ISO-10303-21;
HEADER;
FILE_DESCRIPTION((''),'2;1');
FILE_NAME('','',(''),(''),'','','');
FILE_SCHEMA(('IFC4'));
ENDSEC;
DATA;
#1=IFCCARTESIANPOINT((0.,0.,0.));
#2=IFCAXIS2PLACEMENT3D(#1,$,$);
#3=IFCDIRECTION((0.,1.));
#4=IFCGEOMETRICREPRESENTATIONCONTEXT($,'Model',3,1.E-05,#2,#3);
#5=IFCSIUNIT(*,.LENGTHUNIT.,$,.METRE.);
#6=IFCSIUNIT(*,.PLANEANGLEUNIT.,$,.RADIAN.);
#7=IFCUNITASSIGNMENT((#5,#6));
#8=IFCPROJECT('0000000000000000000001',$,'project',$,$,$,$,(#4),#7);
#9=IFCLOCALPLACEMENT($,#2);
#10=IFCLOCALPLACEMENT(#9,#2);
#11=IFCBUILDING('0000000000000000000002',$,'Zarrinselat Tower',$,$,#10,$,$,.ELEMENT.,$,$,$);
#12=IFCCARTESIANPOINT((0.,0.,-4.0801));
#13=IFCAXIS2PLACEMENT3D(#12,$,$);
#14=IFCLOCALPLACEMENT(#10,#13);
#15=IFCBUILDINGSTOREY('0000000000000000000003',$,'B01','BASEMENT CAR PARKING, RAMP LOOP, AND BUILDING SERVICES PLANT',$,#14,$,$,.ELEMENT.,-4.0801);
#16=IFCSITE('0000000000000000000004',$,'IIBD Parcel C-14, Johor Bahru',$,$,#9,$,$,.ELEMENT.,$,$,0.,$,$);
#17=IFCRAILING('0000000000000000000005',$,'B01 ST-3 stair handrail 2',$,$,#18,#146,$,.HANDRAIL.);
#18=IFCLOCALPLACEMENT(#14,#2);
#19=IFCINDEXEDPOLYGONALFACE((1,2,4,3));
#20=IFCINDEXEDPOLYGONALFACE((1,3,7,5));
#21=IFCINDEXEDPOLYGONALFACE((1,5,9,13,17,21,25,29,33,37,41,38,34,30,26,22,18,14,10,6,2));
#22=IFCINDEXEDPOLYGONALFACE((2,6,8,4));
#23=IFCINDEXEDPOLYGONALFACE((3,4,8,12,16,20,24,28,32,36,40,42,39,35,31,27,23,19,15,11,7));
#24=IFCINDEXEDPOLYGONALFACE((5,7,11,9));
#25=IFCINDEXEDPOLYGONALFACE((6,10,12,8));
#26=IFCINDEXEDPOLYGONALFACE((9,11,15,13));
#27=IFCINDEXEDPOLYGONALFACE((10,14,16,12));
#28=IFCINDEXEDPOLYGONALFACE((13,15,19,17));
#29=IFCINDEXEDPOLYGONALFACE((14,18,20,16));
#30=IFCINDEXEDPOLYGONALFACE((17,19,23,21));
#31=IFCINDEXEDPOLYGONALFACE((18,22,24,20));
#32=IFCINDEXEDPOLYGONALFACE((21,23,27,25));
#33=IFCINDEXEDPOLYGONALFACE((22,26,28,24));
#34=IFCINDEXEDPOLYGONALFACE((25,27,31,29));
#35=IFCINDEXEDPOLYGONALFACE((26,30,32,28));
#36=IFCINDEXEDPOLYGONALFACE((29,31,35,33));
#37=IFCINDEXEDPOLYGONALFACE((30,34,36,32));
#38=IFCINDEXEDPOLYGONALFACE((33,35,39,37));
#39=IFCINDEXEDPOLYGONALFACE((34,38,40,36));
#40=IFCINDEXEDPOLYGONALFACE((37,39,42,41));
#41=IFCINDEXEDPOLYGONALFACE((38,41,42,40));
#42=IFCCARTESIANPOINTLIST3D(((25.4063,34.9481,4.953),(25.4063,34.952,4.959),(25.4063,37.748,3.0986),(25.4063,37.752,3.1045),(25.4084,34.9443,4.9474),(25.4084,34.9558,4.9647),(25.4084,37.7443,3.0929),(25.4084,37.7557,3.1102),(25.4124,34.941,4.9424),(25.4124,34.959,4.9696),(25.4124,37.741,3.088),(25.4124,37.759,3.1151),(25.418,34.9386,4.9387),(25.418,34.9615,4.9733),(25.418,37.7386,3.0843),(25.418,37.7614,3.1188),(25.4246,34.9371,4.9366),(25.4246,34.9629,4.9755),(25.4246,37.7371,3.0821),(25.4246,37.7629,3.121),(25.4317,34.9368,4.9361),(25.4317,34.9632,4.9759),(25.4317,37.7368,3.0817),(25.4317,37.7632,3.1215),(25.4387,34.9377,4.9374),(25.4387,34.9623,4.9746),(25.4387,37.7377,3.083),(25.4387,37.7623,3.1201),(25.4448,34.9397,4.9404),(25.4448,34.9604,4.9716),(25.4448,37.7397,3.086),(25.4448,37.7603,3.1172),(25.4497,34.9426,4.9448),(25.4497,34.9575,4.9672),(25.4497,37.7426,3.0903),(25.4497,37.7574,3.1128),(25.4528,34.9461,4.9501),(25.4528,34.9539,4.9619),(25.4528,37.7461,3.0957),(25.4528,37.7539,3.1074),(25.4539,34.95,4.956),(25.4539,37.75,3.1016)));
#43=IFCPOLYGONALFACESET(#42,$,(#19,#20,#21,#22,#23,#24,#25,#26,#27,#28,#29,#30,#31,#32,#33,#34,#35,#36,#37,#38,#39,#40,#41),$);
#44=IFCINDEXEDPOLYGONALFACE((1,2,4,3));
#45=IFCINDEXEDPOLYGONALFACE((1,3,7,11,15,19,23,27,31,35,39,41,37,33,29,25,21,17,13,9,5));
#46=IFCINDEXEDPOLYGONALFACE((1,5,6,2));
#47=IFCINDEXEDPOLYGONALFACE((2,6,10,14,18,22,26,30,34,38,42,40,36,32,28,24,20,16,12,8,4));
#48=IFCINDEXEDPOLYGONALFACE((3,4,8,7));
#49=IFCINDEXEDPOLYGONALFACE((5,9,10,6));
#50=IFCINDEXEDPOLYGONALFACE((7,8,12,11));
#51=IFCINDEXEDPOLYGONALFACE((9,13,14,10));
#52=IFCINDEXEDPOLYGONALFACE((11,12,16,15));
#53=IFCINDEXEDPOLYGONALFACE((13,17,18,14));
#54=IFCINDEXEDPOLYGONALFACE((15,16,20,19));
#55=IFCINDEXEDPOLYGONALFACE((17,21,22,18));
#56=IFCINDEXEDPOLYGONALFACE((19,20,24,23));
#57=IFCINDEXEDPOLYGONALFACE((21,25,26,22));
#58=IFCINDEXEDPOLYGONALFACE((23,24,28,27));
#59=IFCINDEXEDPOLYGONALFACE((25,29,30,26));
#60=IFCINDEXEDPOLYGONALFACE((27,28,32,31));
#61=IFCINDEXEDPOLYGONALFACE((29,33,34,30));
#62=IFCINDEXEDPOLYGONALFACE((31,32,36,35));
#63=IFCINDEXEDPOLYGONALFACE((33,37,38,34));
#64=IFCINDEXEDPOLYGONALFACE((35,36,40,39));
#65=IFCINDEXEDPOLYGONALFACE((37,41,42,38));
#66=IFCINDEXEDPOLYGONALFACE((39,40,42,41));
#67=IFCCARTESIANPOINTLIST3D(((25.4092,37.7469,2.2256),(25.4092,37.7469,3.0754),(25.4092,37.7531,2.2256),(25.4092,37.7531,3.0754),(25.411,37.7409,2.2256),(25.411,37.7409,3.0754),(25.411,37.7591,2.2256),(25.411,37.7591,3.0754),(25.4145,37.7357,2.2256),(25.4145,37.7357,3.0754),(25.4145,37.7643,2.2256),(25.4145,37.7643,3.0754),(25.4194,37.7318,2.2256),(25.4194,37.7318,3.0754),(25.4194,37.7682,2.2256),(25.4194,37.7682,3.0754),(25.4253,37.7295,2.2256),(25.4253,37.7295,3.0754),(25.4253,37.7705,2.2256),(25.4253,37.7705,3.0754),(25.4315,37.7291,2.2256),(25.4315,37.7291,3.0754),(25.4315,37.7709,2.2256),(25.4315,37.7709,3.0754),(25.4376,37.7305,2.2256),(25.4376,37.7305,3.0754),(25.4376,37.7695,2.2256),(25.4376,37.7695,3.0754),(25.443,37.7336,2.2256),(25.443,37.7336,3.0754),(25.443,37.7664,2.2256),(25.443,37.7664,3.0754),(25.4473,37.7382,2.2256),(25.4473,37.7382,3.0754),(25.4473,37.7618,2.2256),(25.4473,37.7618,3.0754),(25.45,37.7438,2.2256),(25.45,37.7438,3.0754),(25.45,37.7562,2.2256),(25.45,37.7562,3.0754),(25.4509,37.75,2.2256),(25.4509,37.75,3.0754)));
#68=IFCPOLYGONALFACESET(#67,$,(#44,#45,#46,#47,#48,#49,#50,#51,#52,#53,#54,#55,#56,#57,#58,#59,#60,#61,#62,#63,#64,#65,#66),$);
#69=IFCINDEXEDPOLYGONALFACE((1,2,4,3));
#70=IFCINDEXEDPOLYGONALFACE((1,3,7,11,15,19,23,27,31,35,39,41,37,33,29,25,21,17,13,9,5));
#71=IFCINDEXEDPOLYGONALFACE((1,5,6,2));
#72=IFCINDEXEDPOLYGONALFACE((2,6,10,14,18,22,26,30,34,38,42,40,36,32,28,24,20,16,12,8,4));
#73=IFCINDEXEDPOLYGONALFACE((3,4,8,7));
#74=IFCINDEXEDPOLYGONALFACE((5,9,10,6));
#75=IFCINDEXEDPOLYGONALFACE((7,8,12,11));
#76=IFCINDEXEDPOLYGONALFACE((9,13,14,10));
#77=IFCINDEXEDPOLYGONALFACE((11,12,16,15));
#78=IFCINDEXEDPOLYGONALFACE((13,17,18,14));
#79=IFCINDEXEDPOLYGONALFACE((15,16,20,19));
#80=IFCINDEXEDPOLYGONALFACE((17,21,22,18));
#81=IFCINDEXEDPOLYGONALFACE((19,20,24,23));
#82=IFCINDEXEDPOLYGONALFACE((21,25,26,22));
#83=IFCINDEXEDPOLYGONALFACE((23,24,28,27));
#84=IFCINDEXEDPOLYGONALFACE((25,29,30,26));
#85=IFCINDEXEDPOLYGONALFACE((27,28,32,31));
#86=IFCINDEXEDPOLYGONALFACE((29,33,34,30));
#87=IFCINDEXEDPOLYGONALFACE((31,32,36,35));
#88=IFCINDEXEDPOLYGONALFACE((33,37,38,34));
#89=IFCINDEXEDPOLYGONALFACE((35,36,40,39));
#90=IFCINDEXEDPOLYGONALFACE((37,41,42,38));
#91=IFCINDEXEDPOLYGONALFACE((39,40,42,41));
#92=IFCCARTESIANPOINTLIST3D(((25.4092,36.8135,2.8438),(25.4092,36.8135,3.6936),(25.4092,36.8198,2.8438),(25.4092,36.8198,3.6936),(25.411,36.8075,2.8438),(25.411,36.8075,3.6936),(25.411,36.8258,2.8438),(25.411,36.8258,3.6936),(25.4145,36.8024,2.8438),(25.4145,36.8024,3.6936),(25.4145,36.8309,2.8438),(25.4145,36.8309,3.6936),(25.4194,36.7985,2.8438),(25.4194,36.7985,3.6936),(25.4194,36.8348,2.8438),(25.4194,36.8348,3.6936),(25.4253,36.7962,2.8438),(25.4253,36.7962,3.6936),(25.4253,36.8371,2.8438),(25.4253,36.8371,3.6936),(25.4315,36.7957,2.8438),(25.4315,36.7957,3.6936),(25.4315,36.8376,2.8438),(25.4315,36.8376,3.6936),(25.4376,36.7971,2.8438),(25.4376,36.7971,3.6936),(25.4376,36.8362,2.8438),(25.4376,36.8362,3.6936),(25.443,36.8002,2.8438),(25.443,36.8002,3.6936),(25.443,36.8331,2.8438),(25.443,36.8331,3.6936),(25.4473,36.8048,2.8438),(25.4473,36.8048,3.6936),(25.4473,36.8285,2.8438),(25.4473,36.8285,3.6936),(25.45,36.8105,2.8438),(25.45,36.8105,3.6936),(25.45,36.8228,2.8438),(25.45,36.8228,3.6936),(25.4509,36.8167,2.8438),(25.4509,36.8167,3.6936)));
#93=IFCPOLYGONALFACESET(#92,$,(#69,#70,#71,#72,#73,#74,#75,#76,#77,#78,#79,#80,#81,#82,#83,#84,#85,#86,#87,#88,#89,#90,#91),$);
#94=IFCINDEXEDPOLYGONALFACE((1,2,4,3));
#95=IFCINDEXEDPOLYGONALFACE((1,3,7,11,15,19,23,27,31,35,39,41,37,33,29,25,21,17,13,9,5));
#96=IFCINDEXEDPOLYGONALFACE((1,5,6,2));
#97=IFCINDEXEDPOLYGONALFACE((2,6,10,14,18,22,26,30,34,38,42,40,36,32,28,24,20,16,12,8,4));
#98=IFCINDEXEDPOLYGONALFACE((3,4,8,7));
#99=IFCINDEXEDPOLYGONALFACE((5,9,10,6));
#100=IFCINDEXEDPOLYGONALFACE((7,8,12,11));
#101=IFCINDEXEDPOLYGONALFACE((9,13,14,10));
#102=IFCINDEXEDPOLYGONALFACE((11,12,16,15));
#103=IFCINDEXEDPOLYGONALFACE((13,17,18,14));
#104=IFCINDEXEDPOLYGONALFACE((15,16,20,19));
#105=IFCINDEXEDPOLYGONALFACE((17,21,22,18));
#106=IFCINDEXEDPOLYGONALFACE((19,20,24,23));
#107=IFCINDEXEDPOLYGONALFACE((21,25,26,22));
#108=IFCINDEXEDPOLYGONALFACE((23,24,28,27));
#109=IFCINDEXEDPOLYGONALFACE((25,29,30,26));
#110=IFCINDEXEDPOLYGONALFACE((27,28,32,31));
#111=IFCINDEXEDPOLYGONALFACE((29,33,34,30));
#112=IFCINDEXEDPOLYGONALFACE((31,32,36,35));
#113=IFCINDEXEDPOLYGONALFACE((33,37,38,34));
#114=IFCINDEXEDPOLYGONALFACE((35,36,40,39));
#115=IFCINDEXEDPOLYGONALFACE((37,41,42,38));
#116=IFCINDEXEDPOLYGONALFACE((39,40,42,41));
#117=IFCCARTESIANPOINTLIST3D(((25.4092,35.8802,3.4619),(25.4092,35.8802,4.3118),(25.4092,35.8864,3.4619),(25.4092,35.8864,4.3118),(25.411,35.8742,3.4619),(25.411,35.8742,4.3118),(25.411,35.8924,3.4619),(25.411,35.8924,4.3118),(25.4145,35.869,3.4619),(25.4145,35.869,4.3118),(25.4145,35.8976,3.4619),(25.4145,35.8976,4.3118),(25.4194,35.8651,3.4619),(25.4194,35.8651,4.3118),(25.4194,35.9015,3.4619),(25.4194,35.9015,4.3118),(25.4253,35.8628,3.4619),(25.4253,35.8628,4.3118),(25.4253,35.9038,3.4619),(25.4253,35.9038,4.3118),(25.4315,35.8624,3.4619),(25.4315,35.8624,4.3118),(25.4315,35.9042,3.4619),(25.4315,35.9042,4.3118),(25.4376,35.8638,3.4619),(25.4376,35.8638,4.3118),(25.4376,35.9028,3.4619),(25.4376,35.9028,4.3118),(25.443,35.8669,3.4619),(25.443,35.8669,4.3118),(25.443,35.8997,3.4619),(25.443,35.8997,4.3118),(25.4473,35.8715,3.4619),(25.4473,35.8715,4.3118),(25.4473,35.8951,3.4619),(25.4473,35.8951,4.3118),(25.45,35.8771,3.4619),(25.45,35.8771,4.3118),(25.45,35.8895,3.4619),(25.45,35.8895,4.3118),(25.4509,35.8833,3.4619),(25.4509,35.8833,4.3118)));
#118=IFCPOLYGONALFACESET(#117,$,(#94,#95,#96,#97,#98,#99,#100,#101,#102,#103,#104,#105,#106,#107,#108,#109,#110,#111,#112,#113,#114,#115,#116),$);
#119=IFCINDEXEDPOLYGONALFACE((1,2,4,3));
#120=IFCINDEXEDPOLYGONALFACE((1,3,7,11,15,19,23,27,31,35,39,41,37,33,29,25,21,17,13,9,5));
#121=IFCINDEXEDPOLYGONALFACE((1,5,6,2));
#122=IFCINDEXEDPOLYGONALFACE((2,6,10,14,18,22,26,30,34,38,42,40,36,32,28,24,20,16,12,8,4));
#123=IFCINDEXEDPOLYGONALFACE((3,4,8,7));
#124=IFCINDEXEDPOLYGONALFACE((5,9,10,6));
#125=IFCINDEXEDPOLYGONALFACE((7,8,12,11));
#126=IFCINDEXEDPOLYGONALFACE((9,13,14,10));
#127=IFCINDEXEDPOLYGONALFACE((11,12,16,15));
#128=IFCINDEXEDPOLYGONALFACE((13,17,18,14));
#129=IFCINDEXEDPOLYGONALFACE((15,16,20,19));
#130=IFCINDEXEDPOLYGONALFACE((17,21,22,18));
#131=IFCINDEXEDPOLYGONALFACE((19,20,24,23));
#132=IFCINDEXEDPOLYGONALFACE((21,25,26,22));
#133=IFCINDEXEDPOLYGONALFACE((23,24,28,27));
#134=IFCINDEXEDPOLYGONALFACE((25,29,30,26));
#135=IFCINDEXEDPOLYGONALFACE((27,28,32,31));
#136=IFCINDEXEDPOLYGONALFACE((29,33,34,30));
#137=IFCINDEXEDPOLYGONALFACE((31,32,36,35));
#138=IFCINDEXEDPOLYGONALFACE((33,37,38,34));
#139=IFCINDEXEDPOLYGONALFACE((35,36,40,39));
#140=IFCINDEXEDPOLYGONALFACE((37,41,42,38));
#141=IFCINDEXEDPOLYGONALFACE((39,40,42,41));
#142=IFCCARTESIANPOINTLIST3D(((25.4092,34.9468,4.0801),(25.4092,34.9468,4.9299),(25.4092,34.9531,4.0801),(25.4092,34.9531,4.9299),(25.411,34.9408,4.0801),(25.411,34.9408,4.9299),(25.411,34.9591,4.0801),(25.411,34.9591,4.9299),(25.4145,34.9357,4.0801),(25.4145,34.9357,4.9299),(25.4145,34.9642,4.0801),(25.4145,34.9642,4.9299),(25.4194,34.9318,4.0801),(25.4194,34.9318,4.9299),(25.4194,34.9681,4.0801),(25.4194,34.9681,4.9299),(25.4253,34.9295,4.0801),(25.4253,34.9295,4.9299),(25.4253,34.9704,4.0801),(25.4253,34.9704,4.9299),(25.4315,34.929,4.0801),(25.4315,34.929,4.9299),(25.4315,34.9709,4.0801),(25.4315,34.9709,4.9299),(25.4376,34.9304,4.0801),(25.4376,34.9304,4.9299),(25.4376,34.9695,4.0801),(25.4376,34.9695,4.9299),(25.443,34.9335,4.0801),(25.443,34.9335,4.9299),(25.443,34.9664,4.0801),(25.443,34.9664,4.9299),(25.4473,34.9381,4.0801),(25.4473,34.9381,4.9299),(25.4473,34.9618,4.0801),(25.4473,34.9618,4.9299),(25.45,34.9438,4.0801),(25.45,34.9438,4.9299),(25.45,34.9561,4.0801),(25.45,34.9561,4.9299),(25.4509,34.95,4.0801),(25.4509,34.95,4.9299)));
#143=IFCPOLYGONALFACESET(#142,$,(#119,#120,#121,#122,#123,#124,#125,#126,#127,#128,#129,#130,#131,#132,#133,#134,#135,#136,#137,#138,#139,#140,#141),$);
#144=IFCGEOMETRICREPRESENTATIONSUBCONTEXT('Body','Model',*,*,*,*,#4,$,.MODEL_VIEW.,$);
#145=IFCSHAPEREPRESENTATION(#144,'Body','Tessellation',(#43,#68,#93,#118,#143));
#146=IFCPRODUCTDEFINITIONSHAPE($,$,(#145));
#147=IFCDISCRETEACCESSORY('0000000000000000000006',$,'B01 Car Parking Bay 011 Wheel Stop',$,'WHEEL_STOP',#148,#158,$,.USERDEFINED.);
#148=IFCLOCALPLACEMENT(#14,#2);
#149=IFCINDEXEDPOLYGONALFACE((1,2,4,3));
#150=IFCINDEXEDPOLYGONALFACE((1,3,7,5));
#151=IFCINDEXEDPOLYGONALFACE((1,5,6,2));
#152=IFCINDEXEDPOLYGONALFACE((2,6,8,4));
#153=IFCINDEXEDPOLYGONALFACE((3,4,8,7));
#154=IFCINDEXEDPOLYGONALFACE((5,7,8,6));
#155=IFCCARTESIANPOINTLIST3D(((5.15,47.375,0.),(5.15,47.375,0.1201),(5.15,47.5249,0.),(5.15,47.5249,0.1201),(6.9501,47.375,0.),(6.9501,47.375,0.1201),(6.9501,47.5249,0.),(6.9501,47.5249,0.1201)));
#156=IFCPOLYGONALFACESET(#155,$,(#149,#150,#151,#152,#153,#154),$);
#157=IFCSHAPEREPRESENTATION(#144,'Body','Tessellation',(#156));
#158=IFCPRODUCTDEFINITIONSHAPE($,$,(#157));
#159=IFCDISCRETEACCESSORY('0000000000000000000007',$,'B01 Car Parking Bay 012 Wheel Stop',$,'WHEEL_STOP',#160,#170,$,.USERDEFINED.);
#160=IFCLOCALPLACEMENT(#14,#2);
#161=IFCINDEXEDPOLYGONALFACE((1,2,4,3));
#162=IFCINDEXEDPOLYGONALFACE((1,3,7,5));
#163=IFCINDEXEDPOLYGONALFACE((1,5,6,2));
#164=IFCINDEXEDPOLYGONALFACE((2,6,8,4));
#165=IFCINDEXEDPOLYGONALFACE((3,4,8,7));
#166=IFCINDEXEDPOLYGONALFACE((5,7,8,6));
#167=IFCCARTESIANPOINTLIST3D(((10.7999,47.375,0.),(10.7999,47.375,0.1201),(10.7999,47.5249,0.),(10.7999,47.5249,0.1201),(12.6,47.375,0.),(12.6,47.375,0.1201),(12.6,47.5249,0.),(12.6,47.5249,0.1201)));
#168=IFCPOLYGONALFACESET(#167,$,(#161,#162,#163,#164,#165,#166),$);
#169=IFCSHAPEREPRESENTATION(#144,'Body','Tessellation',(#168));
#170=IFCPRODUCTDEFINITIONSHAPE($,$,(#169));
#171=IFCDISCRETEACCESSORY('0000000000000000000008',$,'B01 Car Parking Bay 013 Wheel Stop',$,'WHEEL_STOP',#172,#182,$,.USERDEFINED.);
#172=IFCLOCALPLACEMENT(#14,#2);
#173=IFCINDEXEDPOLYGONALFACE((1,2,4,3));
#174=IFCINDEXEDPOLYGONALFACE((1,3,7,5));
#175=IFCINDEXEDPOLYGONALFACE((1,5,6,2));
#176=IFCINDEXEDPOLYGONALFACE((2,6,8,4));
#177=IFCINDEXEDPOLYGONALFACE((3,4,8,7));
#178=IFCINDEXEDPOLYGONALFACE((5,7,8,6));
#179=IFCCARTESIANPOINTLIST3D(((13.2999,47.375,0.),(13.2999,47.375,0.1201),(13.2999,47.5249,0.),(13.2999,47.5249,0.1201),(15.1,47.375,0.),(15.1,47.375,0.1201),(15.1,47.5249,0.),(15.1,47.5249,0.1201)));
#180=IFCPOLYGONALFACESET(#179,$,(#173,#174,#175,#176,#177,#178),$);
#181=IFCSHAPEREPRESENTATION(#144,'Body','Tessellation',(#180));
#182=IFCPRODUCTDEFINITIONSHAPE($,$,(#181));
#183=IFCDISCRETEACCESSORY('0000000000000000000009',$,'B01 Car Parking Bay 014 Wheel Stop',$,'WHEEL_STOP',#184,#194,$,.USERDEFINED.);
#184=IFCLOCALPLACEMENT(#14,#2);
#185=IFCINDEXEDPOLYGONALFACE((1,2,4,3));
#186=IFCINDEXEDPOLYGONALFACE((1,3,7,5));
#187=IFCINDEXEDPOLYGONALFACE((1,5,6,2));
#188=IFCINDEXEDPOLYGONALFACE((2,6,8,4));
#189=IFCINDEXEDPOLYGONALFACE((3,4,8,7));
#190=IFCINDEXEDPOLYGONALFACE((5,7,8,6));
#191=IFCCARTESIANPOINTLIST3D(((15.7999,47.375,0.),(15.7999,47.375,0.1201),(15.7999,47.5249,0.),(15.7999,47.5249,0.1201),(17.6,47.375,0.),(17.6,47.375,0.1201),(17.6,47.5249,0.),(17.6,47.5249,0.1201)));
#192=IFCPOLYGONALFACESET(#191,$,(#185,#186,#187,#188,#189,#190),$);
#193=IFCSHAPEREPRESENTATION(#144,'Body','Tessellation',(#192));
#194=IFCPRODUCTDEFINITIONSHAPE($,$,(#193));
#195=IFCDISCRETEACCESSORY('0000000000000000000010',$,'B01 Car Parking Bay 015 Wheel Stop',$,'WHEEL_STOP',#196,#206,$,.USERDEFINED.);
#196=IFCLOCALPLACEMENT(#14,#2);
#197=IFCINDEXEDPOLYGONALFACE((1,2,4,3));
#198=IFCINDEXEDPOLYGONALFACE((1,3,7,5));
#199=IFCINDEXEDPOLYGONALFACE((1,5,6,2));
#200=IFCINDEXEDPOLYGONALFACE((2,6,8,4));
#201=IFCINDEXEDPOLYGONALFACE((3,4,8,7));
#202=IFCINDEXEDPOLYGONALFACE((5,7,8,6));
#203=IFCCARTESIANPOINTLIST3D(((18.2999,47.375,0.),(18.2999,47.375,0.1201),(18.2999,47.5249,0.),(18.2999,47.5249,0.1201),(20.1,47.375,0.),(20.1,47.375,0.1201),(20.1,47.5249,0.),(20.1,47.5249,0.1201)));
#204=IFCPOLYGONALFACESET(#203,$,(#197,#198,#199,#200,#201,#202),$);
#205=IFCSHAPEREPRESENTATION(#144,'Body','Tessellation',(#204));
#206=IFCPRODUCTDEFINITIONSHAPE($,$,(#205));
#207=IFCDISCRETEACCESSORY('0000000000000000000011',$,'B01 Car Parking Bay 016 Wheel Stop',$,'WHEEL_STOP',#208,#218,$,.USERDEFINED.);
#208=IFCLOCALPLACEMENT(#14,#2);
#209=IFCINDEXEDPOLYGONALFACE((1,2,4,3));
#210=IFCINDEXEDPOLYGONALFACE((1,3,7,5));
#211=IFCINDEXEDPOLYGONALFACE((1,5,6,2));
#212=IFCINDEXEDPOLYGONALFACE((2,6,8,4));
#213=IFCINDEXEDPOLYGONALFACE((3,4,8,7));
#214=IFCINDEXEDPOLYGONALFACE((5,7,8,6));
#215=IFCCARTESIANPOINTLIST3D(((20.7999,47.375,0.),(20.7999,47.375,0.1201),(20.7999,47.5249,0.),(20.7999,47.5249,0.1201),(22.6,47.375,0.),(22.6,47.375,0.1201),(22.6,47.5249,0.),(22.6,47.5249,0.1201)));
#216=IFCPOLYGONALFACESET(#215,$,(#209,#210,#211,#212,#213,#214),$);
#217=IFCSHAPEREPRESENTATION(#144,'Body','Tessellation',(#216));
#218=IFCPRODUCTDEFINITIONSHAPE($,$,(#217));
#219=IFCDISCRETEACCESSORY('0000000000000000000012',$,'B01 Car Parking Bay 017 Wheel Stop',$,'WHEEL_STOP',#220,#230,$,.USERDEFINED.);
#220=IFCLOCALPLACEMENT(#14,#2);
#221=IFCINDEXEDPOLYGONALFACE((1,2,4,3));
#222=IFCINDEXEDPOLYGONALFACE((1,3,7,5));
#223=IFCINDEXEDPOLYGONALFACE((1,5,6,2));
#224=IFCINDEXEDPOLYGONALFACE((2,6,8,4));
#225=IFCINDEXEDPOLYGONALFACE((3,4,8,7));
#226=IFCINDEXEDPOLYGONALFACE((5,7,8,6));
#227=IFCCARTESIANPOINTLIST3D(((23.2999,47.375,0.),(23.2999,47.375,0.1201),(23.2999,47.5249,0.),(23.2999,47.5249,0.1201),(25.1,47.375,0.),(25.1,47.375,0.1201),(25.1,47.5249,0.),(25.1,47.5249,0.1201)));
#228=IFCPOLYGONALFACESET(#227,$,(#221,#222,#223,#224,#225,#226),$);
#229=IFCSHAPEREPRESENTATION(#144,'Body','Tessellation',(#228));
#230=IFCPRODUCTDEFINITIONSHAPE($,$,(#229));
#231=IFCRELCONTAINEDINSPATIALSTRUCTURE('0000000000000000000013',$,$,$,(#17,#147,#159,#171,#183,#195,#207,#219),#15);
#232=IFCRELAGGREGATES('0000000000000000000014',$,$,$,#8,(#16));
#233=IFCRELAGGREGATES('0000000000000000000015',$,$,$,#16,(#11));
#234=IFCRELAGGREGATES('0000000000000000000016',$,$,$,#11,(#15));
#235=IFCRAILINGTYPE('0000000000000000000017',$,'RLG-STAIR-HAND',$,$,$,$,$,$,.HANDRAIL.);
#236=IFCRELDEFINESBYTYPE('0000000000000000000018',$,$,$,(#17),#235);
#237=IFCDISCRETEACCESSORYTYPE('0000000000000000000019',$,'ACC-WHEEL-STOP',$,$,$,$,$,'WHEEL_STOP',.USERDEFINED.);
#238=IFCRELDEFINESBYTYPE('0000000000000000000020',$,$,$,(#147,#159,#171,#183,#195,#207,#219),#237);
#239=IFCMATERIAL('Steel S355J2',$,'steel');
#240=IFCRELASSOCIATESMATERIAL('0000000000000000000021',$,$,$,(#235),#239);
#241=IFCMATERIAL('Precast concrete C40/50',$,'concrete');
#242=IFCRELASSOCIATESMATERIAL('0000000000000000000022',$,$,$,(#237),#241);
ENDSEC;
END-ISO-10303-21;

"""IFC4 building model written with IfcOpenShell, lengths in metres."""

from ifc_helpers import new_model, si_unit, direction, frame, origin, origin_2d, place, context, subcontext, project, spatial, rectangle, circle, extrude, material, type_object, element, save


model = new_model("IFC4")

# Units and contexts
model_context = context("Model", 3, precision=1e-05, world=origin(), true_north=direction((0.0, 1.0)))
body_context = subcontext(model_context, "Body", "Model", "MODEL_VIEW")
ifc_project = project(units=[si_unit("LENGTHUNIT", "METRE"), si_unit("PLANEANGLEUNIT", "RADIAN")], contexts=[model_context])

# Site, building, storey
site_placement = place(None, origin())
site = spatial("IfcSite", under=ifc_project, at=site_placement, Name="IIBD Parcel C-14, Johor Bahru", CompositionType="ELEMENT", RefElevation=0.0)
building_placement = place(site_placement, origin())
building = spatial("IfcBuilding", under=site, at=building_placement, Name="Zarrinselat Tower", CompositionType="ELEMENT")
storey_placement = place(building_placement, frame((0.0, 0.0, -4.0801)))
storey = spatial("IfcBuildingStorey", under=building, at=storey_placement, Name="B01", Description="BASEMENT CAR PARKING, RAMP LOOP, AND BUILDING SERVICES PLANT", CompositionType="ELEMENT", Elevation=-4.0801)

# Railing
ifc_material_1 = material(Name="Steel S355J2", Category="steel")
railing_type_1 = type_object("IfcRailingType", Name="RLG-STAIR-HAND", PredefinedType="HANDRAIL", material=ifc_material_1)
railing_1_placement = place(storey_placement, frame((25.4299, 37.75, 2.2256)))
element("IfcRailing", 1, at=railing_1_placement, inside=storey, type_object=railing_type_1, Name="B01 ST-3 stair handrail 2", PredefinedType="HANDRAIL", context=body_context, shape_type="SweptSolid", body=[
    extrude(circle(Radius=0.0239, at=origin_2d()), frame((0.0, 0.0, 0.876), z_axis=(0.0, -0.833724, 0.552181), x_axis=(1.0, 0.0, 0.0)), (0.0, 0.0, 1.0), 3.3584),
    extrude(circle(Radius=0.021, at=origin_2d()), origin(), (0.0, 0.0, 1.0), 0.8499),
    extrude(circle(Radius=0.021, at=origin_2d()), frame((0.0, -0.9333, 0.6182)), (0.0, 0.0, 1.0), 0.8499),
    extrude(circle(Radius=0.021, at=origin_2d()), frame((0.0, -1.8667, 1.2363)), (0.0, 0.0, 1.0), 0.8499),
    extrude(circle(Radius=0.021, at=origin_2d()), frame((0.0, -2.8, 1.8545)), (0.0, 0.0, 1.0), 0.8499),
])

# Discrete accessories
ifc_material_2 = material(Name="Precast concrete C40/50", Category="concrete")
discrete_accessory_type = type_object("IfcDiscreteAccessoryType", Name="ACC-WHEEL-STOP", ElementType="WHEEL_STOP", PredefinedType="USERDEFINED", material=ifc_material_2)
for number, where, z_axis, x_axis, name in (
    (2, (6.05, 47.45, 0.0), (0.0, 0.0, 1.0), (1.0, 0.0, 0.0), "B01 Car Parking Bay 011 Wheel Stop"),
    (3, (11.7, 47.45, 0.0), (0.0, 0.0, 1.0), (1.0, 0.0, 0.0), "B01 Car Parking Bay 012 Wheel Stop"),
    (4, (14.2, 47.45, 0.0), (0.0, 0.0, 1.0), (1.0, 0.0, 0.0), "B01 Car Parking Bay 013 Wheel Stop"),
    (5, (16.7, 47.45, 0.0), (0.0, 0.0, 1.0), (1.0, 0.0, 0.0), "B01 Car Parking Bay 014 Wheel Stop"),
    (6, (19.2, 47.45, 0.0), (0.0, 0.0, 1.0), (1.0, 0.0, 0.0), "B01 Car Parking Bay 015 Wheel Stop"),
    (7, (21.7, 47.45, 0.0), (0.0, 0.0, 1.0), (1.0, 0.0, 0.0), "B01 Car Parking Bay 016 Wheel Stop"),
    (8, (24.2, 47.45, 0.0), (0.0, 0.0, 1.0), (1.0, 0.0, 0.0), "B01 Car Parking Bay 017 Wheel Stop"),
):
    element("IfcDiscreteAccessory", number, at=place(storey_placement, frame(where, z_axis=z_axis, x_axis=x_axis)), inside=storey, type_object=discrete_accessory_type, Name=name, ObjectType="WHEEL_STOP", PredefinedType="USERDEFINED", context=body_context, shape_type="SweptSolid", body=[
        extrude(rectangle(XDim=1.8, YDim=0.1499, at=origin_2d()), origin(), (0.0, 0.0, 1.0), 0.1201),
    ])

save(model, "model.ifc")
